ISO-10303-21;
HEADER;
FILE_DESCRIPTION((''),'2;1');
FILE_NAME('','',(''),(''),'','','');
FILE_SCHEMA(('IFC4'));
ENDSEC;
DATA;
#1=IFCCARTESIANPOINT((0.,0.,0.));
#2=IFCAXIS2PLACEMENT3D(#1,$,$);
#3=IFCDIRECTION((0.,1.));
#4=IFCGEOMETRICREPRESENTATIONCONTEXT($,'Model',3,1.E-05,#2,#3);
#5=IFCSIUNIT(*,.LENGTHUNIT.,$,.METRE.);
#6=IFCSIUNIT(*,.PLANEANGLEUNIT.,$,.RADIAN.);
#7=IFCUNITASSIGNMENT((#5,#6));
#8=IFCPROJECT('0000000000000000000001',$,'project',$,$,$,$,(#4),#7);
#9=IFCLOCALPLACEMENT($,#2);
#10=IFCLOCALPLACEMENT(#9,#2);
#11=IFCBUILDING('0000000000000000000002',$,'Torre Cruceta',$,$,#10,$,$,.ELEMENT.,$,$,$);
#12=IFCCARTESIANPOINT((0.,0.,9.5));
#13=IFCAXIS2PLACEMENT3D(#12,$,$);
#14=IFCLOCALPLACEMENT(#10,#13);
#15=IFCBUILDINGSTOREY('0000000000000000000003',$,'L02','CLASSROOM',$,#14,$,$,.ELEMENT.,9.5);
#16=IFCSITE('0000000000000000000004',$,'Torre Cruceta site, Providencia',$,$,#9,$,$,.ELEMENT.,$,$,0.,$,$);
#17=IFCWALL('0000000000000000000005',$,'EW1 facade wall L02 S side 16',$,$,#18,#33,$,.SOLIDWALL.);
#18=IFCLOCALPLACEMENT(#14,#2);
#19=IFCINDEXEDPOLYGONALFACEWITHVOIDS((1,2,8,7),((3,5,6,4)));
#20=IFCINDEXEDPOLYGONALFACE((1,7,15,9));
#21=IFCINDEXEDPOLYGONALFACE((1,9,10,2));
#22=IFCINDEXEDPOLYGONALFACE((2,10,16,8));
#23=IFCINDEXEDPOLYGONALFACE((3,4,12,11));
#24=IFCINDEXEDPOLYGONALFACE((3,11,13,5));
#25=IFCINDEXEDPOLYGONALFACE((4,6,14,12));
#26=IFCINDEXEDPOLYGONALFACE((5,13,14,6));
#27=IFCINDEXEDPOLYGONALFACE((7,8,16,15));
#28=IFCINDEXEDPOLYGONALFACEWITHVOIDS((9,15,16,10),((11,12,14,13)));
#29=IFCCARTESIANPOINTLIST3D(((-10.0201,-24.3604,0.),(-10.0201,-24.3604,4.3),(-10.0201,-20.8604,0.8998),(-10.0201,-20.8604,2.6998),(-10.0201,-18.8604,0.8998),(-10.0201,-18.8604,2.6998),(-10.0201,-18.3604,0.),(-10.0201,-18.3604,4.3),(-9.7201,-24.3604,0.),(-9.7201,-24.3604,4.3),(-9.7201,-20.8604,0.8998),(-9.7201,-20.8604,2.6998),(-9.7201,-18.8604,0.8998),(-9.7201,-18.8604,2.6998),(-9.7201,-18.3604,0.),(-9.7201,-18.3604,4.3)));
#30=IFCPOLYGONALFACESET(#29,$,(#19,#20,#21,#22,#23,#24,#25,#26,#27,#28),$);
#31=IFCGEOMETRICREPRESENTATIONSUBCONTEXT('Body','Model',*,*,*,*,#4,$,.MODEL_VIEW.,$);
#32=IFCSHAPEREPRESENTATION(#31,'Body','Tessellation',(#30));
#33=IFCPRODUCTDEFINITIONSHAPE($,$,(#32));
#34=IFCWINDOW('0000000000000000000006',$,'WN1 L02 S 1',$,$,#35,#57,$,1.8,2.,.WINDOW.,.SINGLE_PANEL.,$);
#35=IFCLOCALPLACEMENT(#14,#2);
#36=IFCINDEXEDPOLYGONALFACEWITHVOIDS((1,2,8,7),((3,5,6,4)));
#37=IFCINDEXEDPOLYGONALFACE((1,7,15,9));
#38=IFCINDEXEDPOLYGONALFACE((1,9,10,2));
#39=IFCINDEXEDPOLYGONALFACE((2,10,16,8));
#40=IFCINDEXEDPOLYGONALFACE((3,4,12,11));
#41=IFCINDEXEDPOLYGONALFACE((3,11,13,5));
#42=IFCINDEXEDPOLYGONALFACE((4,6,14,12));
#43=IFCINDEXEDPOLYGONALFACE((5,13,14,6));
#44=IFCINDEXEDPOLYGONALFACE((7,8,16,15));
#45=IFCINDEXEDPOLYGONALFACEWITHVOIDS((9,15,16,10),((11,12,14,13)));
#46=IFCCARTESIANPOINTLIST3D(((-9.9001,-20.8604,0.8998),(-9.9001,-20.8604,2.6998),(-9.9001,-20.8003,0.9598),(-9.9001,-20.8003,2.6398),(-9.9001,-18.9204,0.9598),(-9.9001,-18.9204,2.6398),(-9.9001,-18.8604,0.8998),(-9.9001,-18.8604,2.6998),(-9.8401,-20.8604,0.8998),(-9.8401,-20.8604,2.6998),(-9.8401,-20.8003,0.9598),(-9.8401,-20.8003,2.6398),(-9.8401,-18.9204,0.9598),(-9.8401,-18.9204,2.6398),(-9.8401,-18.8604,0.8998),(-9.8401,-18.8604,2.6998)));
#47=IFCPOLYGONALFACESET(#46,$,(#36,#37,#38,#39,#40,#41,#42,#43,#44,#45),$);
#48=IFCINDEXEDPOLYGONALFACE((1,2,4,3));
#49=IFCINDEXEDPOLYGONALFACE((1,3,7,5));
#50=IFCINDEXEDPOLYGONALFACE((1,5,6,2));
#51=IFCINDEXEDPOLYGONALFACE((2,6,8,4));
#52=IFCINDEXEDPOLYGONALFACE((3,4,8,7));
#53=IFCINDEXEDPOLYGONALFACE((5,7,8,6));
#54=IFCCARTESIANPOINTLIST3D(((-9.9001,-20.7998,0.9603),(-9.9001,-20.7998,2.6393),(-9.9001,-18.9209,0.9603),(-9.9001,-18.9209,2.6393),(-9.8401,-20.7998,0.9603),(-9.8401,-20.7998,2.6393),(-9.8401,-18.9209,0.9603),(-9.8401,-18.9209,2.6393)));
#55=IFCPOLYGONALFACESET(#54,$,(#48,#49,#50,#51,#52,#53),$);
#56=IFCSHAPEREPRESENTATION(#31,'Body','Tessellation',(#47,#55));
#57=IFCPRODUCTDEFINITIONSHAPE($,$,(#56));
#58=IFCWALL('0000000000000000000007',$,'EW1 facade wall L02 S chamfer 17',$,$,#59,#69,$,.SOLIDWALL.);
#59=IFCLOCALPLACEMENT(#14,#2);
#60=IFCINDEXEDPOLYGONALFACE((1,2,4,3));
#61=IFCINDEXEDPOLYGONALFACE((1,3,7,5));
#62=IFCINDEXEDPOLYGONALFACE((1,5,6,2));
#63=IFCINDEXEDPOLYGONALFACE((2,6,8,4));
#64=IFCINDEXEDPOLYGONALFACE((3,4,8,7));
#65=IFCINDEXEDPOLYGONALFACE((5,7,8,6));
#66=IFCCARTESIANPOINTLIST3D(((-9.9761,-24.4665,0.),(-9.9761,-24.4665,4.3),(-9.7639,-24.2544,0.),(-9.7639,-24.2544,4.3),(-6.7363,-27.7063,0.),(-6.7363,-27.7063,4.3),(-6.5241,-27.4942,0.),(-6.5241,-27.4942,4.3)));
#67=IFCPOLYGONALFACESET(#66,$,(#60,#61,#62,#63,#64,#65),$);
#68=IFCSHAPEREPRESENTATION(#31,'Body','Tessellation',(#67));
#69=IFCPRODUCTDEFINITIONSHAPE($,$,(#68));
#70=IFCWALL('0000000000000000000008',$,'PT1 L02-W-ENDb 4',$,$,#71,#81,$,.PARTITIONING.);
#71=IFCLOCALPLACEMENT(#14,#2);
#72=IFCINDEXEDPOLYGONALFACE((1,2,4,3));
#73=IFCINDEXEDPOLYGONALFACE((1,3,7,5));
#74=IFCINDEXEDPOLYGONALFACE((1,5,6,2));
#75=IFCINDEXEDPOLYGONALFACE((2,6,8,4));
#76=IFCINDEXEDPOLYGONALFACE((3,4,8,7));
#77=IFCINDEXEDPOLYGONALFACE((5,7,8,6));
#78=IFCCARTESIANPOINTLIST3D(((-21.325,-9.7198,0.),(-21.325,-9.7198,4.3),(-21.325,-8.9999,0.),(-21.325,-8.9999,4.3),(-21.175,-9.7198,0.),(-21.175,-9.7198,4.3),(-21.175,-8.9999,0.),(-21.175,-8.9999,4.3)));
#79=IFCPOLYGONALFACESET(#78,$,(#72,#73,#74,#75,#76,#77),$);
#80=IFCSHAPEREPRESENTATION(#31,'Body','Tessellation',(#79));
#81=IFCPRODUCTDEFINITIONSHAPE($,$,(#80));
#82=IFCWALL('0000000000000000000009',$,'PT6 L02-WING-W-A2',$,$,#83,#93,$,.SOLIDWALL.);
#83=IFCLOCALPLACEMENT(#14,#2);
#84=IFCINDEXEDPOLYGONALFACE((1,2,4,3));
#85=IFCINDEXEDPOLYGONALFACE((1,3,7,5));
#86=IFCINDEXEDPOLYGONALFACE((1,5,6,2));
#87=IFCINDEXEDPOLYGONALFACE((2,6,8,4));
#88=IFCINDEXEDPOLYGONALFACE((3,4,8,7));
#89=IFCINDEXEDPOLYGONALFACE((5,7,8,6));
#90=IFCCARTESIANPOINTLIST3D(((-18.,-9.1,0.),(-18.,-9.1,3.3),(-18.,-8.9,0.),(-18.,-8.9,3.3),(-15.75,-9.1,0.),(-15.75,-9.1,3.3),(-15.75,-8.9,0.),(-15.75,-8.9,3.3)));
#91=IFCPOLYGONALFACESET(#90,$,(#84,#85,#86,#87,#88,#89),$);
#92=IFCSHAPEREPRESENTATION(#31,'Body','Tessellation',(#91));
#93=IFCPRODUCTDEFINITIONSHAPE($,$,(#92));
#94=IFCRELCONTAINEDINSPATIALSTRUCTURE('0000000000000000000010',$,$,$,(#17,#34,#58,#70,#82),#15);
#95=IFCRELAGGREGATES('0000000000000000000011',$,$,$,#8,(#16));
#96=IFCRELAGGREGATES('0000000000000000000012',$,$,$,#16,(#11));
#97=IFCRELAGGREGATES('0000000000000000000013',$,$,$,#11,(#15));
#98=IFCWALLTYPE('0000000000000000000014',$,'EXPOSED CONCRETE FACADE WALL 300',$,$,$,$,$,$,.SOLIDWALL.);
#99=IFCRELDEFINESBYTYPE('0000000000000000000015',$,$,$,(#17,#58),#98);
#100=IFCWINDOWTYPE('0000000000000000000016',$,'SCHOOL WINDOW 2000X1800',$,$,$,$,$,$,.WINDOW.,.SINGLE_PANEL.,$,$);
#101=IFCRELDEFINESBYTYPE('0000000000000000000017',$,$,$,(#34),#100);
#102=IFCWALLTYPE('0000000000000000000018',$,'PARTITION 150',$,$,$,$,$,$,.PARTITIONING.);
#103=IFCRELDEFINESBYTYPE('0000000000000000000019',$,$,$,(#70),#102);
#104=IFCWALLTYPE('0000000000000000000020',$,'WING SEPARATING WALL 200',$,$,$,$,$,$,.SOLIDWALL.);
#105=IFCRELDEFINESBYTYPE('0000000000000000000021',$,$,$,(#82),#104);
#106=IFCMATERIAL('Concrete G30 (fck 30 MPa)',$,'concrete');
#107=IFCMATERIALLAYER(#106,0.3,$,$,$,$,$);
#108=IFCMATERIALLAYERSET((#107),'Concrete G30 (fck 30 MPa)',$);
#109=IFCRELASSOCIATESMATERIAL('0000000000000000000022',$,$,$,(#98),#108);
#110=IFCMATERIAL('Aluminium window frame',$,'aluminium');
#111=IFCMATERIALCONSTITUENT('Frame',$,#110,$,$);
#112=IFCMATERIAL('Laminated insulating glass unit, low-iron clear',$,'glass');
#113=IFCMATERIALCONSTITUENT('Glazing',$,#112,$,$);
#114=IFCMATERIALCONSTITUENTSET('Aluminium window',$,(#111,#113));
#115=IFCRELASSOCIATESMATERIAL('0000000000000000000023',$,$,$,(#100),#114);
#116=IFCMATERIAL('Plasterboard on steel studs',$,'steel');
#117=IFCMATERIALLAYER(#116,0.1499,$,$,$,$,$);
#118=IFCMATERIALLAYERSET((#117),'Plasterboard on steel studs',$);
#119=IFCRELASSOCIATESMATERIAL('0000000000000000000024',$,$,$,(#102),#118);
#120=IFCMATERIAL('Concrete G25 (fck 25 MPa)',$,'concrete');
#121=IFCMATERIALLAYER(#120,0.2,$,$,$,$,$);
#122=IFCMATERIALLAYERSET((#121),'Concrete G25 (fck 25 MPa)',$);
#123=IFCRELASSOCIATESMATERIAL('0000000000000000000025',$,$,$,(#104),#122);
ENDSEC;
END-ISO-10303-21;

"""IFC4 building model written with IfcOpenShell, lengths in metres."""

from ifc_helpers import new_model, si_unit, direction, frame, frame_2d, origin, place, context, subcontext, project, spatial, rectangle, hollow_rectangle, extrude, material, layer, layer_set, constituent, constituent_set, type_object, element, fill, save


model = new_model("IFC4")

# Units and contexts
model_context = context("Model", 3, precision=1e-05, world=origin(), true_north=direction((0.0, 1.0)))
body_context = subcontext(model_context, "Body", "Model", "MODEL_VIEW")
ifc_project = project(units=[si_unit("LENGTHUNIT", "METRE"), si_unit("PLANEANGLEUNIT", "RADIAN")], contexts=[model_context])

# Site, building, storey
site_placement = place(None, origin())
site = spatial("IfcSite", under=ifc_project, at=site_placement, Name="Torre Cruceta site, Providencia", CompositionType="ELEMENT", RefElevation=0.0)
building_placement = place(site_placement, origin())
building = spatial("IfcBuilding", under=site, at=building_placement, Name="Torre Cruceta", CompositionType="ELEMENT")
storey_placement = place(building_placement, frame((0.0, 0.0, 9.5)))
storey = spatial("IfcBuildingStorey", under=building, at=storey_placement, Name="L02", Description="CLASSROOM", CompositionType="ELEMENT", Elevation=9.5)

# Shared definitions
ifc_material_1 = material(Name="Concrete G30 (fck 30 MPa)", Category="concrete")
ifc_layer_1 = layer(ifc_material_1, 0.3)
ifc_layer_set_1 = layer_set([ifc_layer_1], Name="Concrete G30 (fck 30 MPa)")
wall_type_1 = type_object("IfcWallType", Name="EXPOSED CONCRETE FACADE WALL 300", PredefinedType="SOLIDWALL", material=ifc_layer_set_1)
ifc_material_2 = material(Name="Aluminium window frame", Category="aluminium")
ifc_constituent_1 = constituent(ifc_material_2, Name="Frame")
ifc_material_3 = material(Name="Laminated insulating glass unit, low-iron clear", Category="glass")
ifc_constituent_2 = constituent(ifc_material_3, Name="Glazing")
ifc_constituent_set = constituent_set(constituents=[ifc_constituent_1, ifc_constituent_2], Name="Aluminium window")
window_type = type_object("IfcWindowType", Name="SCHOOL WINDOW 2000X1800", PartitioningType="SINGLE_PANEL", PredefinedType="WINDOW", material=ifc_constituent_set)

# Wall, opening, window
wall_1_placement = place(storey_placement, frame((-9.8701, -18.3604, 0.0), z_axis=(0.0, 0.0, 1.0), x_axis=(0.0, -1.0, 0.0)))
wall_1 = element("IfcWall", 1, at=wall_1_placement, inside=storey, type_object=wall_type_1, Name="EW1 facade wall L02 S side 16", PredefinedType="SOLIDWALL", context=body_context, shape_type="SweptSolid", body=[
    extrude(rectangle(XDim=6.0, YDim=0.3, at=frame_2d((3.0, 0.0))), origin(), (0.0, 0.0, 1.0), 4.3),
])
opening_1_placement = place(wall_1_placement, frame((0.5, 0.0, 0.8999)))
opening_1 = element("IfcOpeningElement", 2, at=opening_1_placement, cuts=wall_1, PredefinedType="OPENING", context=body_context, shape_type="SweptSolid", body=[
    extrude(rectangle(XDim=2.0, YDim=1.8, at=frame_2d((1.0, 0.8999))), frame((0.0, 0.1599, 0.0), z_axis=(0.0, -1.0, 0.0), x_axis=(1.0, 0.0, 0.0)), (0.0, 0.0, 1.0), 0.3201),
])
window_1_placement = place(opening_1_placement, origin())
window_1 = element("IfcWindow", 3, at=window_1_placement, inside=storey, type_object=window_type, Name="WN1 L02 S 1", OverallHeight=1.8, OverallWidth=2.0, PartitioningType="SINGLE_PANEL", PredefinedType="WINDOW", context=body_context, shape_type="SweptSolid", body=[
    extrude(hollow_rectangle(XDim=2.0, YDim=1.8, WallThickness=0.0601, at=frame_2d((1.0, 0.8999))), frame((0.0, 0.03, 0.0), z_axis=(0.0, -1.0, 0.0), x_axis=(1.0, 0.0, 0.0)), (0.0, 0.0, 1.0), 0.0601),
    extrude(rectangle(XDim=1.8789, YDim=1.679, at=frame_2d((1.0, 0.8999))), frame((0.0, 0.03, 0.0), z_axis=(0.0, -1.0, 0.0), x_axis=(1.0, 0.0, 0.0)), (0.0, 0.0, 1.0), 0.0601),
])
fill(opening_1, window_1)

# Walls
wall_2_placement = place(storey_placement, frame((-9.8701, -24.3604, 0.0), z_axis=(0.0, 0.0, 1.0), x_axis=(0.707107, -0.707107, 0.0)))
element("IfcWall", 4, at=wall_2_placement, inside=storey, type_object=wall_type_1, Name="EW1 facade wall L02 S chamfer 17", PredefinedType="SOLIDWALL", context=body_context, shape_type="SweptSolid", body=[
    extrude(rectangle(XDim=4.5818, YDim=0.3, at=frame_2d((2.291, 0.0))), origin(), (0.0, 0.0, 1.0), 4.3),
])
ifc_material_4 = material(Name="Plasterboard on steel studs", Category="steel")
ifc_layer_2 = layer(ifc_material_4, 0.1499)
ifc_layer_set_2 = layer_set([ifc_layer_2], Name="Plasterboard on steel studs")
wall_type_2 = type_object("IfcWallType", Name="PARTITION 150", PredefinedType="PARTITIONING", material=ifc_layer_set_2)
wall_3_placement = place(storey_placement, frame((-21.25, -9.0, 0.0), z_axis=(0.0, 0.0, 1.0), x_axis=(0.0, -1.0, 0.0)))
element("IfcWall", 5, at=wall_3_placement, inside=storey, type_object=wall_type_2, Name="PT1 L02-W-ENDb 4", PredefinedType="PARTITIONING", context=body_context, shape_type="SweptSolid", body=[
    extrude(rectangle(XDim=0.72, YDim=0.1499, at=frame_2d((0.3599, 0.0))), origin(), (0.0, 0.0, 1.0), 4.3),
])
ifc_material_5 = material(Name="Concrete G25 (fck 25 MPa)", Category="concrete")
ifc_layer_3 = layer(ifc_material_5, 0.2)
ifc_layer_set_3 = layer_set([ifc_layer_3], Name="Concrete G25 (fck 25 MPa)")
wall_type_3 = type_object("IfcWallType", Name="WING SEPARATING WALL 200", PredefinedType="SOLIDWALL", material=ifc_layer_set_3)
wall_4_placement = place(storey_placement, frame((-15.75, -9.0, 0.0), z_axis=(0.0, 0.0, 1.0), x_axis=(-1.0, 0.0, 0.0)))
element("IfcWall", 6, at=wall_4_placement, inside=storey, type_object=wall_type_3, Name="PT6 L02-WING-W-A2", PredefinedType="SOLIDWALL", context=body_context, shape_type="SweptSolid", body=[
    extrude(rectangle(XDim=2.25, YDim=0.2, at=frame_2d((1.125, 0.0))), origin(), (0.0, 0.0, 1.0), 3.3),
])

save(model, "model.ifc")
